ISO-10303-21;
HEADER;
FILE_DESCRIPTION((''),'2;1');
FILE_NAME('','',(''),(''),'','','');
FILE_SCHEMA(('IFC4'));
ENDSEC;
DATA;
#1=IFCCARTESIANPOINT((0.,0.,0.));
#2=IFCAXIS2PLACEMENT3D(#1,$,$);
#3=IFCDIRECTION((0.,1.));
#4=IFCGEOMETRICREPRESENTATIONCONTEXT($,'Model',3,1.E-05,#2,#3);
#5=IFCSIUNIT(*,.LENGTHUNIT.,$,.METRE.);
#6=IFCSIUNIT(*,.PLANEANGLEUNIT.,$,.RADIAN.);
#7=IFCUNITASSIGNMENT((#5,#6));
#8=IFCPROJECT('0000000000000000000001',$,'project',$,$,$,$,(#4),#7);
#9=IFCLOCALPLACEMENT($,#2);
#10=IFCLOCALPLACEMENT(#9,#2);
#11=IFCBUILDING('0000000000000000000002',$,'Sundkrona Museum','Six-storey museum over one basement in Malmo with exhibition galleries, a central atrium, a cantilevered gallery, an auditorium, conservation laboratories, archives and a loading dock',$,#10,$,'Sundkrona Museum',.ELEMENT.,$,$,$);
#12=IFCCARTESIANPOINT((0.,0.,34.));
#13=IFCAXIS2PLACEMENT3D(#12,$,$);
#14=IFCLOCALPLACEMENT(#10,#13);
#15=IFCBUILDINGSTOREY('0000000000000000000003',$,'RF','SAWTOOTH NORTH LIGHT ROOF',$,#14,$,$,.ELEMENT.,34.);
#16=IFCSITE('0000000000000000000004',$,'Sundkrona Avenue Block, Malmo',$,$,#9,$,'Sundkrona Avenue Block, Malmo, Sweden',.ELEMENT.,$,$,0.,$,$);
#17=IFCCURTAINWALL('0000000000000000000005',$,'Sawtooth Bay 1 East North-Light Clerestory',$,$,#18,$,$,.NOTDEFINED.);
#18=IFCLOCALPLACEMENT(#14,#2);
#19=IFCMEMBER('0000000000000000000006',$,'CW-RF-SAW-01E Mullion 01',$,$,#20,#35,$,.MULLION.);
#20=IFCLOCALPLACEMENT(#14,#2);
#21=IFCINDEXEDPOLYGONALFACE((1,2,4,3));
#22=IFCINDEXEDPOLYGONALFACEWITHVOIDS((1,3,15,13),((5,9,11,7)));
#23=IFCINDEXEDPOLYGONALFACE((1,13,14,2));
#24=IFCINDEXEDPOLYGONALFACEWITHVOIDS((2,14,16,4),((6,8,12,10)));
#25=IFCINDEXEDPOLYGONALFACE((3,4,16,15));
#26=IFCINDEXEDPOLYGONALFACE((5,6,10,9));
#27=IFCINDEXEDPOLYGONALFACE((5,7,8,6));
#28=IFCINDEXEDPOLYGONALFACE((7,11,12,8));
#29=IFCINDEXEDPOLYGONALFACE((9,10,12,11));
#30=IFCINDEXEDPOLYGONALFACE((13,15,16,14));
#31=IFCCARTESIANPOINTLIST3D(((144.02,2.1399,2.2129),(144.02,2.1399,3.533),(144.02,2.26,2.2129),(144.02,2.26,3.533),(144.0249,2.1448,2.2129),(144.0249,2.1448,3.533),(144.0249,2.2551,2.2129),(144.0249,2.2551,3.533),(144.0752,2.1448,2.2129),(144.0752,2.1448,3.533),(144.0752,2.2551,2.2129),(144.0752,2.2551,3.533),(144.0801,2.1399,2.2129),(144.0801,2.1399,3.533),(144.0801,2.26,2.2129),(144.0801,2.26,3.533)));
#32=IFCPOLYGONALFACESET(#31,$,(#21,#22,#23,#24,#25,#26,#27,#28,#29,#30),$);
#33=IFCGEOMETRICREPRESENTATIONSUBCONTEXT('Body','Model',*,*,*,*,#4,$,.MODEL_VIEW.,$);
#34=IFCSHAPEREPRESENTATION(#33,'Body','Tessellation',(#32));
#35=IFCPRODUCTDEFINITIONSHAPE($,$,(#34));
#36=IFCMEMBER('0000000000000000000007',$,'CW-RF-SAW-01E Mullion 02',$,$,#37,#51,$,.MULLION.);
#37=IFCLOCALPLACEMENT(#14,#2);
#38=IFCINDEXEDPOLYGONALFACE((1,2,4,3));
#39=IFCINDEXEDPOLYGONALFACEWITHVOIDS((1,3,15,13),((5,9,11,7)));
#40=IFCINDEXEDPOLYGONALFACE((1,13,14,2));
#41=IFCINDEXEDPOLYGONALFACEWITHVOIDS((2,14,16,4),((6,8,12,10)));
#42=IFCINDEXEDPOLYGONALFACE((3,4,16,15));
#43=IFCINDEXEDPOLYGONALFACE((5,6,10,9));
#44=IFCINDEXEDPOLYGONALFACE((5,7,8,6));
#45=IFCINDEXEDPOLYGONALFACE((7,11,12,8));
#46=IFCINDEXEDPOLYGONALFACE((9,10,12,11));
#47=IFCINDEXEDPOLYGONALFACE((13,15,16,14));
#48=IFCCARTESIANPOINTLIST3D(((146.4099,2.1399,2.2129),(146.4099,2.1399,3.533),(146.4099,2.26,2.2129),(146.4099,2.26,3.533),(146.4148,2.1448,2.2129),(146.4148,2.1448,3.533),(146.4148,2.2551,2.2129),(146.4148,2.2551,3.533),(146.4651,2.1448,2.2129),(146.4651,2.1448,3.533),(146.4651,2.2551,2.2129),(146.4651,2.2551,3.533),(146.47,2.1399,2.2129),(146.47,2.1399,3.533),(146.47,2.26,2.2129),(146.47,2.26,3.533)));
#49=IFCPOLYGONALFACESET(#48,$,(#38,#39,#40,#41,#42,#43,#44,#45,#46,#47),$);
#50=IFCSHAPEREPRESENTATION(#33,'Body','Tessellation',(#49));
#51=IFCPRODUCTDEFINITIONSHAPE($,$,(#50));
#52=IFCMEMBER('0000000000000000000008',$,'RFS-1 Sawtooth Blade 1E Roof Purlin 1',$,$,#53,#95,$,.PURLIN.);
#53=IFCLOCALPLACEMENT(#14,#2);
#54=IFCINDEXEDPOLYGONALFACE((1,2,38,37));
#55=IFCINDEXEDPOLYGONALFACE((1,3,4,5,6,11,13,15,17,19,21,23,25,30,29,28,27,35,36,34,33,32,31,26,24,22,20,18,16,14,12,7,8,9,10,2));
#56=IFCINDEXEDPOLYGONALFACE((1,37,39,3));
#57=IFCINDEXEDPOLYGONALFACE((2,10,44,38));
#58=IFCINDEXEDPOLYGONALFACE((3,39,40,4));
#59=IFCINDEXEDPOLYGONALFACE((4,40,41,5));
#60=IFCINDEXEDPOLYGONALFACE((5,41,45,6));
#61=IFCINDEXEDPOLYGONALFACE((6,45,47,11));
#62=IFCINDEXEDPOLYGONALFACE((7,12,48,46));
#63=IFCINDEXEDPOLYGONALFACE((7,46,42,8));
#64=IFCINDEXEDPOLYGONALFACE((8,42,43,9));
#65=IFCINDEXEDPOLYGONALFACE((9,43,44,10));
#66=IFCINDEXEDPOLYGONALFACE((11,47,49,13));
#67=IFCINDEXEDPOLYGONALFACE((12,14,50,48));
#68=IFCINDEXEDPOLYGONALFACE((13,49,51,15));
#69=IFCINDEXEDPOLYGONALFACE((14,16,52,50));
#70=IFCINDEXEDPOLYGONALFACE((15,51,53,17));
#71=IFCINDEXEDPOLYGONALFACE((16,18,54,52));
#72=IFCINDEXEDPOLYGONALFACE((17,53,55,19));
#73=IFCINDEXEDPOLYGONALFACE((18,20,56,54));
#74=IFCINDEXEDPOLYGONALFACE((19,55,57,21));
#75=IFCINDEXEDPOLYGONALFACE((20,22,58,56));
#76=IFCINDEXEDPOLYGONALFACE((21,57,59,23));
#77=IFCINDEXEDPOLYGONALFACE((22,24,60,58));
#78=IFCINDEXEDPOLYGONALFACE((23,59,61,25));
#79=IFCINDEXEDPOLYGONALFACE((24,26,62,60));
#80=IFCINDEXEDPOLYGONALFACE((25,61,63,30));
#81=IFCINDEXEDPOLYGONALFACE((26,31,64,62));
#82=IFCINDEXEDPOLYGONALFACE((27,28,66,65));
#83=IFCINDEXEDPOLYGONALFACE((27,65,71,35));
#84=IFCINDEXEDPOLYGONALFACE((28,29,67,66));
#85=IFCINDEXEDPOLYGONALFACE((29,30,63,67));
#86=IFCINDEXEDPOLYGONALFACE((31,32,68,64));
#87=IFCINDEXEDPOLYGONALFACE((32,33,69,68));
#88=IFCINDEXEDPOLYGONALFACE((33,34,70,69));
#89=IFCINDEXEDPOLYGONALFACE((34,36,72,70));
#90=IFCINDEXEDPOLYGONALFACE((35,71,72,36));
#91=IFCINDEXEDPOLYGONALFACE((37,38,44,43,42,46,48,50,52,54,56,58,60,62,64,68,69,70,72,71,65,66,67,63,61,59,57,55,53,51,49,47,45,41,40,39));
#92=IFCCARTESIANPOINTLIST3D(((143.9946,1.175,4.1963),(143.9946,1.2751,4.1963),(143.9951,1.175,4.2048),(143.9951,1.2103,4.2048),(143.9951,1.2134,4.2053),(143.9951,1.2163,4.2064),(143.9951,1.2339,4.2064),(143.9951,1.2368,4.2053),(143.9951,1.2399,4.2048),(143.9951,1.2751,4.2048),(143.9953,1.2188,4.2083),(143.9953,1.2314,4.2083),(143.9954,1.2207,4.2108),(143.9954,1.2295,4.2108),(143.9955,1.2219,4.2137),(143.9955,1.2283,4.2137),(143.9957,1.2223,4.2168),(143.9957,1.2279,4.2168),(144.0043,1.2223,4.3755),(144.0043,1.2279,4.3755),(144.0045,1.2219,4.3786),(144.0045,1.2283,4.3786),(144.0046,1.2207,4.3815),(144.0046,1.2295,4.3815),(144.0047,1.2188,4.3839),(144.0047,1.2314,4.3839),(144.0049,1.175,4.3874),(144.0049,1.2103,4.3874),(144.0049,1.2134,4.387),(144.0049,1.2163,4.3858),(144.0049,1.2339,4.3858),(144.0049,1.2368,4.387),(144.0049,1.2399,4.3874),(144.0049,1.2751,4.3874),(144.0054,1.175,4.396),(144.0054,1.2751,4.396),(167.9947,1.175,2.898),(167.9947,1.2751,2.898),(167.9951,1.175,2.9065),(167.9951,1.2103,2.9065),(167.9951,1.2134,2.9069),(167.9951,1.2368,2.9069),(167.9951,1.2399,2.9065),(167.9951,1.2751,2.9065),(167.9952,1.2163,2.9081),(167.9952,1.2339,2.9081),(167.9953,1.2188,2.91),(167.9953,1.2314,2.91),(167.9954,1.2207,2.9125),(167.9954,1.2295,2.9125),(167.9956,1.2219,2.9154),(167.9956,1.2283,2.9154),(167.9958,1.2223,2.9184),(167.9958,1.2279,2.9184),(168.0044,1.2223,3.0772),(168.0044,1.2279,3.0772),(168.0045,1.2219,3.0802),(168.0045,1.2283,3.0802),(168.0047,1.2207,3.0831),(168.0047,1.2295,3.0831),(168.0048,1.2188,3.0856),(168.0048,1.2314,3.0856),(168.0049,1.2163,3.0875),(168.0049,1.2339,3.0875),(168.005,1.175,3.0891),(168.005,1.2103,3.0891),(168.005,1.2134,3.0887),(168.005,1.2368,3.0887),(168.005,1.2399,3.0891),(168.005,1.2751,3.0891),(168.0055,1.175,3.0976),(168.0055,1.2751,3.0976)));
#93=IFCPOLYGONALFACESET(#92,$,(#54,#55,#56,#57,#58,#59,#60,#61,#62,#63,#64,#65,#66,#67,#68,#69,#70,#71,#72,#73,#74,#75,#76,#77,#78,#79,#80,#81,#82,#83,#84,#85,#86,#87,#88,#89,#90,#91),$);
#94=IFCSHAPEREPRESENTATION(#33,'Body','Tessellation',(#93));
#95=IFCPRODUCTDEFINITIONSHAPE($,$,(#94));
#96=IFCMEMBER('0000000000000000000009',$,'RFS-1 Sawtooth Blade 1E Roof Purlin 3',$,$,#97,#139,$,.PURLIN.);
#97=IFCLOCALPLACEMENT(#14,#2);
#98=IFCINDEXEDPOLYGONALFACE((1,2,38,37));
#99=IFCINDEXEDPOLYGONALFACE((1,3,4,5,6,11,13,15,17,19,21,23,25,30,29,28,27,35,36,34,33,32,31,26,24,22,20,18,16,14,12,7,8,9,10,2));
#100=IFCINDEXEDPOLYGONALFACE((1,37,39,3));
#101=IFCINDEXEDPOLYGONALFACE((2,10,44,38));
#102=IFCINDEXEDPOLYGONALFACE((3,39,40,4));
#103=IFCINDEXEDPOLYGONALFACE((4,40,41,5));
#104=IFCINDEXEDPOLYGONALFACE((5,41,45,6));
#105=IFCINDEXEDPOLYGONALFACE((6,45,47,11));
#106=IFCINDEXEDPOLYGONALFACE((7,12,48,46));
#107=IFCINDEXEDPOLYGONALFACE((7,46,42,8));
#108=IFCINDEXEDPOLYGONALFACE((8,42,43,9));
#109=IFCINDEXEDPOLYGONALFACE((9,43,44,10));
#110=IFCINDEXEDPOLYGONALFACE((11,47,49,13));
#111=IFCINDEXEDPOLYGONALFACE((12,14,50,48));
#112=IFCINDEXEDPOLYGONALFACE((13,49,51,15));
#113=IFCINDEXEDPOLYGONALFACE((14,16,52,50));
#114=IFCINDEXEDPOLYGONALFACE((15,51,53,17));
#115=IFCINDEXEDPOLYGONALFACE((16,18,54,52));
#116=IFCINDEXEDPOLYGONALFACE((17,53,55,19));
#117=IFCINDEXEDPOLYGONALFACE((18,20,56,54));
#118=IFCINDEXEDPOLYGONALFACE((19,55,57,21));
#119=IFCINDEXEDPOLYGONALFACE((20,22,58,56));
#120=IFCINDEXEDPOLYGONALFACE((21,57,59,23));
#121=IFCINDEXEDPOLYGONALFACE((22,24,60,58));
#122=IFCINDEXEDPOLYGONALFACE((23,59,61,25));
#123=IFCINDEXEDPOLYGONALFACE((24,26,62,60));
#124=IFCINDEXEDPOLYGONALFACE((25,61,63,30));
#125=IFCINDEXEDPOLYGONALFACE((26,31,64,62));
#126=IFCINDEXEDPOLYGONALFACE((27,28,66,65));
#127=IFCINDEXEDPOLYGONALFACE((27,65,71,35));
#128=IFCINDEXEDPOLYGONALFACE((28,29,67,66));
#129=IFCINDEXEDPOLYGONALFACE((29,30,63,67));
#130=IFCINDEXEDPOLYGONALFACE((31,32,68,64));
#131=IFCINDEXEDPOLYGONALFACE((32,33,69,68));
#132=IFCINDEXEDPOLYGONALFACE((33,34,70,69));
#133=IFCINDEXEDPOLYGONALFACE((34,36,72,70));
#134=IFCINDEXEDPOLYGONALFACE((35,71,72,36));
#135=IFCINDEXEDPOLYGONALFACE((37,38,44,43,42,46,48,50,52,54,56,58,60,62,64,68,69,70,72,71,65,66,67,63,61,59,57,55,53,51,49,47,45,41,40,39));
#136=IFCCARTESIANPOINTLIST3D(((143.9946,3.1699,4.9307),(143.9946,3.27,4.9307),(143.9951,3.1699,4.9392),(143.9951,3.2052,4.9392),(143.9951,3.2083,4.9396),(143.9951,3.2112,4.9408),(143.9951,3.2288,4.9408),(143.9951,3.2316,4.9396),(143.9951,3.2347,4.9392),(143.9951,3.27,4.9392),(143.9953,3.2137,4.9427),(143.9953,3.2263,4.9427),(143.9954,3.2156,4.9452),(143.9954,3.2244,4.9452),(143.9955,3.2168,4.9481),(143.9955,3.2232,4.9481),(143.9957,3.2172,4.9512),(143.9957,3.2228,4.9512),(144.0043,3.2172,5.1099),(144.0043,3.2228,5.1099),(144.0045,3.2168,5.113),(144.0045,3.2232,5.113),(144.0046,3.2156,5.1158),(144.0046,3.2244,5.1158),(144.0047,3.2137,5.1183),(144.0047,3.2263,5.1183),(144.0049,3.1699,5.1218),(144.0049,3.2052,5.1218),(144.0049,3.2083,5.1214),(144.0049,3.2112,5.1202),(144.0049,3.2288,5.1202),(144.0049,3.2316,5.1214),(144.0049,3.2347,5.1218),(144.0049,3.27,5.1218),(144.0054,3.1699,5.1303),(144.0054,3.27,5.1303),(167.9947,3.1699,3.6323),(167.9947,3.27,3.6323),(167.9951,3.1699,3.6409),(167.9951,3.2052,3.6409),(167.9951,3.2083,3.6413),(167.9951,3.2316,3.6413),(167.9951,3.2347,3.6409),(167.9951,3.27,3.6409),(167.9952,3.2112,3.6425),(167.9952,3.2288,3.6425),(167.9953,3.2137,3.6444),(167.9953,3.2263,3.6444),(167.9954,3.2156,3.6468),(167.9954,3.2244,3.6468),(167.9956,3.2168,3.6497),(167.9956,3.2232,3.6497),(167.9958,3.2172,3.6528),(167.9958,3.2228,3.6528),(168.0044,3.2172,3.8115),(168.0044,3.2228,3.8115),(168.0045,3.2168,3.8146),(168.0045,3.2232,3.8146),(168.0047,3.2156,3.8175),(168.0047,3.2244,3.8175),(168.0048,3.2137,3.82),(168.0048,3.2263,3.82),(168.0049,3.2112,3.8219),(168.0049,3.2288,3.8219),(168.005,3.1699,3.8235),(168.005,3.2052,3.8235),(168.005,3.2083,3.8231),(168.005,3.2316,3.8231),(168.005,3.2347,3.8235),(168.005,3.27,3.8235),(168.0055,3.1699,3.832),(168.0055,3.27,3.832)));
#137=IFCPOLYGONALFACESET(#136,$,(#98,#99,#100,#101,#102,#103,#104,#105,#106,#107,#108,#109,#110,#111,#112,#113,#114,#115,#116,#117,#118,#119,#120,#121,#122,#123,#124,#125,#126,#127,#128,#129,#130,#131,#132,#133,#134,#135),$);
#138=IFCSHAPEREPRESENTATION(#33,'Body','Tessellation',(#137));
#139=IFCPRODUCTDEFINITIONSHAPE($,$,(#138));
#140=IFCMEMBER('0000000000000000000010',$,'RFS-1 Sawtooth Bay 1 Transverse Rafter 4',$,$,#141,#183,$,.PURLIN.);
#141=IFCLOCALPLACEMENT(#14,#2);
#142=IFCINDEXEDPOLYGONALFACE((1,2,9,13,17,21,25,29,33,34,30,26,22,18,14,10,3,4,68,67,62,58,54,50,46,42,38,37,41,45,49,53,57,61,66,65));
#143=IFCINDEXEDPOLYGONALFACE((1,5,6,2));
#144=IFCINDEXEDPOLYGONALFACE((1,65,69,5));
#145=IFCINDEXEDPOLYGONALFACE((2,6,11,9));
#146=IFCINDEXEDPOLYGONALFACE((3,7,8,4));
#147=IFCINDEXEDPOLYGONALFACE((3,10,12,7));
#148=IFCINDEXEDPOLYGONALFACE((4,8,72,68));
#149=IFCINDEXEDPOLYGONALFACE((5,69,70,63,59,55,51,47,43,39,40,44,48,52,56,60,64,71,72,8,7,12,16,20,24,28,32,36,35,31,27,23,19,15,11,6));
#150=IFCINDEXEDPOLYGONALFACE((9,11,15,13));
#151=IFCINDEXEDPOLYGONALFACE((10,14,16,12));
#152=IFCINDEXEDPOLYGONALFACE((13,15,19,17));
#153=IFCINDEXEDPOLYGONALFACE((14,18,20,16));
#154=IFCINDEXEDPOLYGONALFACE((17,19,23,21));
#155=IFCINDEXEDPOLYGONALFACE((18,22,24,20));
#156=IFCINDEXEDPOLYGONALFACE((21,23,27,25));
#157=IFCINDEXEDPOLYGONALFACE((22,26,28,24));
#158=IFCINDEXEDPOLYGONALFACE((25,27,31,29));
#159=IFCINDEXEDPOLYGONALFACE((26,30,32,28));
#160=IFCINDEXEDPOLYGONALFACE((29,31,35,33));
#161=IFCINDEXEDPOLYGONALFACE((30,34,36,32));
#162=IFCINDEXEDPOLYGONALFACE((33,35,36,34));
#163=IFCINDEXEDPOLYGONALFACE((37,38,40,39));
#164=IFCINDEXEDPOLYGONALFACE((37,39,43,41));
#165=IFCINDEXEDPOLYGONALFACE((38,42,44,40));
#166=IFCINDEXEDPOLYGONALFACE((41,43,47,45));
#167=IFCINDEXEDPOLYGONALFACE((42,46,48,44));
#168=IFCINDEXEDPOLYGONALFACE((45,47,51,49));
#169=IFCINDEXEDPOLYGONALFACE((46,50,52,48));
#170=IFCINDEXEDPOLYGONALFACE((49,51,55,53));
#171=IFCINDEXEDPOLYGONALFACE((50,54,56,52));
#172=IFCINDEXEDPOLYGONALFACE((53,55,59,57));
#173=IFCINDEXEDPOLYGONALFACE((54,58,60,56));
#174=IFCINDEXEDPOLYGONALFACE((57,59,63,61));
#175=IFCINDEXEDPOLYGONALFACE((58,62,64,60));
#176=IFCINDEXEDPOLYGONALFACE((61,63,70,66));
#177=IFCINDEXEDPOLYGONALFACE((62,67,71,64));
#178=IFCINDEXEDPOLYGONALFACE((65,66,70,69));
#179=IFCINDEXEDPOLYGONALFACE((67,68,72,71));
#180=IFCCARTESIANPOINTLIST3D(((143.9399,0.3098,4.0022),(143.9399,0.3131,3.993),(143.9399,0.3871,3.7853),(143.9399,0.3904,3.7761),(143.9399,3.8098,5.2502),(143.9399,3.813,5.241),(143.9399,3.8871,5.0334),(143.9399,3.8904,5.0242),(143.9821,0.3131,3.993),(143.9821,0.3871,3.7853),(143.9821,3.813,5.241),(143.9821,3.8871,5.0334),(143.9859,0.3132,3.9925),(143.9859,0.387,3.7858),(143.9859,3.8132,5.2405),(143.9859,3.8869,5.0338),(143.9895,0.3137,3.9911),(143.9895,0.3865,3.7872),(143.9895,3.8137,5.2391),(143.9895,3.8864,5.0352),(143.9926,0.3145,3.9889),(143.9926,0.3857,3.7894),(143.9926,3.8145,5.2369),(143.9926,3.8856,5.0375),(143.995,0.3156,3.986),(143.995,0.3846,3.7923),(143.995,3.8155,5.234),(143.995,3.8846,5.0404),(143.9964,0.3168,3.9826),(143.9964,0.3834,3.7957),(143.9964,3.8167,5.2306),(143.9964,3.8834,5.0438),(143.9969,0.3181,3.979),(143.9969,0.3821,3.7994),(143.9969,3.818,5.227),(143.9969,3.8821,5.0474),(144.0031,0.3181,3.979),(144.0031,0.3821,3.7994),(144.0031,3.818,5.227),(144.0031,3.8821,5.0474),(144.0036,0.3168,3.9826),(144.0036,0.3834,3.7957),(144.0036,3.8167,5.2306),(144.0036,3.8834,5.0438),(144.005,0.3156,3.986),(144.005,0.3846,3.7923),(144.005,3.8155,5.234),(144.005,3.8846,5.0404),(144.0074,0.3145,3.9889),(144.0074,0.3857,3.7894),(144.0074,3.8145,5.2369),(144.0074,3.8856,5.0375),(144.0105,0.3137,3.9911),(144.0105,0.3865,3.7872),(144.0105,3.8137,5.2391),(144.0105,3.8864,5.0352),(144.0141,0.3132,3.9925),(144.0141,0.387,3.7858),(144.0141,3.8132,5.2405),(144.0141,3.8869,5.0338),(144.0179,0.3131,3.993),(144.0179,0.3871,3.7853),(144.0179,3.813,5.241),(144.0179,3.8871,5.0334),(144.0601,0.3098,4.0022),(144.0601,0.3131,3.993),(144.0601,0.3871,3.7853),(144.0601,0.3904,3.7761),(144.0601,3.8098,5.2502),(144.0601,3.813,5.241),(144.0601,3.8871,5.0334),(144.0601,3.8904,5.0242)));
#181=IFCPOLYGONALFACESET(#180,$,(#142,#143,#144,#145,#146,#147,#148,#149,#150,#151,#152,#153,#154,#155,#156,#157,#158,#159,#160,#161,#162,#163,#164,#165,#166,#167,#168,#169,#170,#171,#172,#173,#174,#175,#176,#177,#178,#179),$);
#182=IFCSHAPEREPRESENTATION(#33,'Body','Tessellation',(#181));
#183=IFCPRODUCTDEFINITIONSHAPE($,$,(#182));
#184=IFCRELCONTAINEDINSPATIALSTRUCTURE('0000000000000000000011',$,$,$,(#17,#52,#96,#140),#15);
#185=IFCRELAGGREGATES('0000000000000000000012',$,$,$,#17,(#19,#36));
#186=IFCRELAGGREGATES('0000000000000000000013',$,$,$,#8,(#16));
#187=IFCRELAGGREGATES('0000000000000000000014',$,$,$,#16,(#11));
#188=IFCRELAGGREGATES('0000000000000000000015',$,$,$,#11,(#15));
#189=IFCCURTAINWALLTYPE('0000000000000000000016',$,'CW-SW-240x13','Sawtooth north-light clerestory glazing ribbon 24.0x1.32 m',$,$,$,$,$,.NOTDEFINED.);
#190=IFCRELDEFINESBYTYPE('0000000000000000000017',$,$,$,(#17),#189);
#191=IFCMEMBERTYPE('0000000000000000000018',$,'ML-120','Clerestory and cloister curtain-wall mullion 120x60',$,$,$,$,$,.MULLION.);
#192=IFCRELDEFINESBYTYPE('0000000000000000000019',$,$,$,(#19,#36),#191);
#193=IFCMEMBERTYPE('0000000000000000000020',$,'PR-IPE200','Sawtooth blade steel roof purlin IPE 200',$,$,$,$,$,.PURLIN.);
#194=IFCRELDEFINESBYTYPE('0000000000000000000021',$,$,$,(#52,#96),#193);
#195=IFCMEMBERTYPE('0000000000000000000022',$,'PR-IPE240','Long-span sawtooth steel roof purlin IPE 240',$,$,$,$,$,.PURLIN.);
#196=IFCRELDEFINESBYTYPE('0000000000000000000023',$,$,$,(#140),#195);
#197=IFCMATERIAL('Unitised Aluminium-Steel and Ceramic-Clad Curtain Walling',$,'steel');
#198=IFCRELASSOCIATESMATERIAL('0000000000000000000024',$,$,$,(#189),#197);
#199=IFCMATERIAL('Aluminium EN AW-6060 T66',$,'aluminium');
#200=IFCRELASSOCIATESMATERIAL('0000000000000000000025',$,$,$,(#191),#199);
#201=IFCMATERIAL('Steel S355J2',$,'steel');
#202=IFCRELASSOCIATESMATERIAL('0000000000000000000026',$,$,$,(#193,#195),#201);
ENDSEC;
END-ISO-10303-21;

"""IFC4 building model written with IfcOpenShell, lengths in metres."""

from ifc_helpers import new_model, si_unit, direction, frame, origin, origin_2d, place, context, subcontext, project, spatial, hollow_rectangle, i_section, extrude, material, material_profile, profile_set, type_object, element, aggregate, save


model = new_model("IFC4")

# Units and contexts
model_context = context("Model", 3, precision=1e-05, world=origin(), true_north=direction((0.0, 1.0)))
body_context = subcontext(model_context, "Body", "Model", "MODEL_VIEW")
ifc_project = project(units=[si_unit("LENGTHUNIT", "METRE"), si_unit("PLANEANGLEUNIT", "RADIAN")], contexts=[model_context])

# Site, building, storey
site_placement = place(None, origin())
site = spatial("IfcSite", under=ifc_project, at=site_placement, Name="Sundkrona Avenue Block, Malmo", LongName="Sundkrona Avenue Block, Malmo, Sweden", CompositionType="ELEMENT", RefElevation=0.0)
building_placement = place(site_placement, origin())
building = spatial("IfcBuilding", under=site, at=building_placement, Name="Sundkrona Museum", Description="Six-storey museum over one basement in Malmo with exhibition galleries, a central atrium, a cantilevered gallery, an auditorium, conservation laboratories, archives and a loading dock", LongName="Sundkrona Museum", CompositionType="ELEMENT")
storey_placement = place(building_placement, frame((0.0, 0.0, 34.0)))
storey = spatial("IfcBuildingStorey", under=building, at=storey_placement, Name="RF", Description="SAWTOOTH NORTH LIGHT ROOF", CompositionType="ELEMENT", Elevation=34.0)

# Curtain wall, members
ifc_material_1 = material(Name="Unitised Aluminium-Steel and Ceramic-Clad Curtain Walling", Category="steel")
curtain_wall_type = type_object("IfcCurtainWallType", Name="CW-SW-240x13", Description="Sawtooth north-light clerestory glazing ribbon 24.0x1.32 m", PredefinedType="NOTDEFINED", material=ifc_material_1)
curtain_wall_placement = place(storey_placement, origin())
curtain_wall = element("IfcCurtainWall", 1, at=curtain_wall_placement, inside=storey, type_object=curtain_wall_type, Name="Sawtooth Bay 1 East North-Light Clerestory", PredefinedType="NOTDEFINED")
ifc_material_2 = material(Name="Aluminium EN AW-6060 T66", Category="aluminium")
ifc_material_profile_1 = material_profile(ifc_material_2, hollow_rectangle(XDim=0.0601, YDim=0.1201, WallThickness=0.0049, at=origin_2d()), Name="RHS 120x60x5.0")
ifc_profile_set_1 = profile_set([ifc_material_profile_1], Name="Aluminium EN AW-6060 T66")
member_type_1 = type_object("IfcMemberType", Name="ML-120", Description="Clerestory and cloister curtain-wall mullion 120x60", PredefinedType="MULLION", material=ifc_profile_set_1)
member_1_placement = place(storey_placement, frame((144.05, 2.2, 2.2129), z_axis=(0.0, 0.0, 1.0), x_axis=(1.0, 0.0, 0.0)))
member_1 = element("IfcMember", 2, at=member_1_placement, type_object=member_type_1, Name="CW-RF-SAW-01E Mullion 01", PredefinedType="MULLION", context=body_context, shape_type="SweptSolid", body=[
    extrude(hollow_rectangle(XDim=0.0601, YDim=0.1201, WallThickness=0.0049, at=origin_2d()), origin(), (0.0, 0.0, 1.0), 1.3201),
])
member_2_placement = place(storey_placement, frame((146.4399, 2.2, 2.2129), z_axis=(0.0, 0.0, 1.0), x_axis=(1.0, 0.0, 0.0)))
member_2 = element("IfcMember", 3, at=member_2_placement, type_object=member_type_1, Name="CW-RF-SAW-01E Mullion 02", PredefinedType="MULLION", context=body_context, shape_type="SweptSolid", body=[
    extrude(hollow_rectangle(XDim=0.0601, YDim=0.1201, WallThickness=0.0049, at=origin_2d()), origin(), (0.0, 0.0, 1.0), 1.3201),
])

# Members
ifc_material_3 = material(Name="Steel S355J2", Category="steel")
ifc_material_profile_2 = material_profile(ifc_material_3, i_section(OverallWidth=0.1001, OverallDepth=0.2, WebThickness=0.0056, FlangeThickness=0.0085, FilletRadius=0.012, at=origin_2d()), Name="IPE 200")
ifc_profile_set_2 = profile_set([ifc_material_profile_2], Name="Steel S355J2")
member_type_2 = type_object("IfcMemberType", Name="PR-IPE200", Description="Sawtooth blade steel roof purlin IPE 200", PredefinedType="PURLIN", material=ifc_profile_set_2)
for number, where, z_axis, x_axis, name in (
    (4, (144.0, 1.2251, 4.2961), (0.99854, 0.0, -0.054019), (0.0, 1.0, 0.0), "RFS-1 Sawtooth Blade 1E Roof Purlin 1"),
    (5, (144.0, 3.22, 5.0305), (0.99854, 0.0, -0.054019), (0.0, 1.0, 0.0), "RFS-1 Sawtooth Blade 1E Roof Purlin 3"),
):
    element("IfcMember", number, at=place(storey_placement, frame(where, z_axis=z_axis, x_axis=x_axis)), inside=storey, type_object=member_type_2, Name=name, PredefinedType="PURLIN", context=body_context, shape_type="SweptSolid", body=[
        extrude(i_section(OverallWidth=0.1001, OverallDepth=0.2, WebThickness=0.0056, FlangeThickness=0.0085, FilletRadius=0.012, at=origin_2d()), origin(), (0.0, 0.0, 1.0), 24.0352),
    ])
ifc_material_profile_3 = material_profile(ifc_material_3, i_section(OverallWidth=0.1201, OverallDepth=0.24, WebThickness=0.0061, FlangeThickness=0.0098, FilletRadius=0.0149, at=origin_2d()), Name="IPE 240")
ifc_profile_set_3 = profile_set([ifc_material_profile_3], Name="Steel S355J2")
member_type_3 = type_object("IfcMemberType", Name="PR-IPE240", Description="Long-span sawtooth steel roof purlin IPE 240", PredefinedType="PURLIN", material=ifc_profile_set_3)
member_3_placement = place(storey_placement, frame((144.0, 0.3501, 3.8892), z_axis=(0.0, 0.941908, 0.33587), x_axis=(-1.0, 0.0, 0.0)))
element("IfcMember", 6, at=member_3_placement, inside=storey, type_object=member_type_3, Name="RFS-1 Sawtooth Bay 1 Transverse Rafter 4", PredefinedType="PURLIN", context=body_context, shape_type="SweptSolid", body=[
    extrude(i_section(OverallWidth=0.1201, OverallDepth=0.24, WebThickness=0.0061, FlangeThickness=0.0098, FilletRadius=0.0149, at=origin_2d()), origin(), (0.0, 0.0, 1.0), 3.7158),
])

aggregate(curtain_wall, [member_1, member_2])

save(model, "model.ifc")
